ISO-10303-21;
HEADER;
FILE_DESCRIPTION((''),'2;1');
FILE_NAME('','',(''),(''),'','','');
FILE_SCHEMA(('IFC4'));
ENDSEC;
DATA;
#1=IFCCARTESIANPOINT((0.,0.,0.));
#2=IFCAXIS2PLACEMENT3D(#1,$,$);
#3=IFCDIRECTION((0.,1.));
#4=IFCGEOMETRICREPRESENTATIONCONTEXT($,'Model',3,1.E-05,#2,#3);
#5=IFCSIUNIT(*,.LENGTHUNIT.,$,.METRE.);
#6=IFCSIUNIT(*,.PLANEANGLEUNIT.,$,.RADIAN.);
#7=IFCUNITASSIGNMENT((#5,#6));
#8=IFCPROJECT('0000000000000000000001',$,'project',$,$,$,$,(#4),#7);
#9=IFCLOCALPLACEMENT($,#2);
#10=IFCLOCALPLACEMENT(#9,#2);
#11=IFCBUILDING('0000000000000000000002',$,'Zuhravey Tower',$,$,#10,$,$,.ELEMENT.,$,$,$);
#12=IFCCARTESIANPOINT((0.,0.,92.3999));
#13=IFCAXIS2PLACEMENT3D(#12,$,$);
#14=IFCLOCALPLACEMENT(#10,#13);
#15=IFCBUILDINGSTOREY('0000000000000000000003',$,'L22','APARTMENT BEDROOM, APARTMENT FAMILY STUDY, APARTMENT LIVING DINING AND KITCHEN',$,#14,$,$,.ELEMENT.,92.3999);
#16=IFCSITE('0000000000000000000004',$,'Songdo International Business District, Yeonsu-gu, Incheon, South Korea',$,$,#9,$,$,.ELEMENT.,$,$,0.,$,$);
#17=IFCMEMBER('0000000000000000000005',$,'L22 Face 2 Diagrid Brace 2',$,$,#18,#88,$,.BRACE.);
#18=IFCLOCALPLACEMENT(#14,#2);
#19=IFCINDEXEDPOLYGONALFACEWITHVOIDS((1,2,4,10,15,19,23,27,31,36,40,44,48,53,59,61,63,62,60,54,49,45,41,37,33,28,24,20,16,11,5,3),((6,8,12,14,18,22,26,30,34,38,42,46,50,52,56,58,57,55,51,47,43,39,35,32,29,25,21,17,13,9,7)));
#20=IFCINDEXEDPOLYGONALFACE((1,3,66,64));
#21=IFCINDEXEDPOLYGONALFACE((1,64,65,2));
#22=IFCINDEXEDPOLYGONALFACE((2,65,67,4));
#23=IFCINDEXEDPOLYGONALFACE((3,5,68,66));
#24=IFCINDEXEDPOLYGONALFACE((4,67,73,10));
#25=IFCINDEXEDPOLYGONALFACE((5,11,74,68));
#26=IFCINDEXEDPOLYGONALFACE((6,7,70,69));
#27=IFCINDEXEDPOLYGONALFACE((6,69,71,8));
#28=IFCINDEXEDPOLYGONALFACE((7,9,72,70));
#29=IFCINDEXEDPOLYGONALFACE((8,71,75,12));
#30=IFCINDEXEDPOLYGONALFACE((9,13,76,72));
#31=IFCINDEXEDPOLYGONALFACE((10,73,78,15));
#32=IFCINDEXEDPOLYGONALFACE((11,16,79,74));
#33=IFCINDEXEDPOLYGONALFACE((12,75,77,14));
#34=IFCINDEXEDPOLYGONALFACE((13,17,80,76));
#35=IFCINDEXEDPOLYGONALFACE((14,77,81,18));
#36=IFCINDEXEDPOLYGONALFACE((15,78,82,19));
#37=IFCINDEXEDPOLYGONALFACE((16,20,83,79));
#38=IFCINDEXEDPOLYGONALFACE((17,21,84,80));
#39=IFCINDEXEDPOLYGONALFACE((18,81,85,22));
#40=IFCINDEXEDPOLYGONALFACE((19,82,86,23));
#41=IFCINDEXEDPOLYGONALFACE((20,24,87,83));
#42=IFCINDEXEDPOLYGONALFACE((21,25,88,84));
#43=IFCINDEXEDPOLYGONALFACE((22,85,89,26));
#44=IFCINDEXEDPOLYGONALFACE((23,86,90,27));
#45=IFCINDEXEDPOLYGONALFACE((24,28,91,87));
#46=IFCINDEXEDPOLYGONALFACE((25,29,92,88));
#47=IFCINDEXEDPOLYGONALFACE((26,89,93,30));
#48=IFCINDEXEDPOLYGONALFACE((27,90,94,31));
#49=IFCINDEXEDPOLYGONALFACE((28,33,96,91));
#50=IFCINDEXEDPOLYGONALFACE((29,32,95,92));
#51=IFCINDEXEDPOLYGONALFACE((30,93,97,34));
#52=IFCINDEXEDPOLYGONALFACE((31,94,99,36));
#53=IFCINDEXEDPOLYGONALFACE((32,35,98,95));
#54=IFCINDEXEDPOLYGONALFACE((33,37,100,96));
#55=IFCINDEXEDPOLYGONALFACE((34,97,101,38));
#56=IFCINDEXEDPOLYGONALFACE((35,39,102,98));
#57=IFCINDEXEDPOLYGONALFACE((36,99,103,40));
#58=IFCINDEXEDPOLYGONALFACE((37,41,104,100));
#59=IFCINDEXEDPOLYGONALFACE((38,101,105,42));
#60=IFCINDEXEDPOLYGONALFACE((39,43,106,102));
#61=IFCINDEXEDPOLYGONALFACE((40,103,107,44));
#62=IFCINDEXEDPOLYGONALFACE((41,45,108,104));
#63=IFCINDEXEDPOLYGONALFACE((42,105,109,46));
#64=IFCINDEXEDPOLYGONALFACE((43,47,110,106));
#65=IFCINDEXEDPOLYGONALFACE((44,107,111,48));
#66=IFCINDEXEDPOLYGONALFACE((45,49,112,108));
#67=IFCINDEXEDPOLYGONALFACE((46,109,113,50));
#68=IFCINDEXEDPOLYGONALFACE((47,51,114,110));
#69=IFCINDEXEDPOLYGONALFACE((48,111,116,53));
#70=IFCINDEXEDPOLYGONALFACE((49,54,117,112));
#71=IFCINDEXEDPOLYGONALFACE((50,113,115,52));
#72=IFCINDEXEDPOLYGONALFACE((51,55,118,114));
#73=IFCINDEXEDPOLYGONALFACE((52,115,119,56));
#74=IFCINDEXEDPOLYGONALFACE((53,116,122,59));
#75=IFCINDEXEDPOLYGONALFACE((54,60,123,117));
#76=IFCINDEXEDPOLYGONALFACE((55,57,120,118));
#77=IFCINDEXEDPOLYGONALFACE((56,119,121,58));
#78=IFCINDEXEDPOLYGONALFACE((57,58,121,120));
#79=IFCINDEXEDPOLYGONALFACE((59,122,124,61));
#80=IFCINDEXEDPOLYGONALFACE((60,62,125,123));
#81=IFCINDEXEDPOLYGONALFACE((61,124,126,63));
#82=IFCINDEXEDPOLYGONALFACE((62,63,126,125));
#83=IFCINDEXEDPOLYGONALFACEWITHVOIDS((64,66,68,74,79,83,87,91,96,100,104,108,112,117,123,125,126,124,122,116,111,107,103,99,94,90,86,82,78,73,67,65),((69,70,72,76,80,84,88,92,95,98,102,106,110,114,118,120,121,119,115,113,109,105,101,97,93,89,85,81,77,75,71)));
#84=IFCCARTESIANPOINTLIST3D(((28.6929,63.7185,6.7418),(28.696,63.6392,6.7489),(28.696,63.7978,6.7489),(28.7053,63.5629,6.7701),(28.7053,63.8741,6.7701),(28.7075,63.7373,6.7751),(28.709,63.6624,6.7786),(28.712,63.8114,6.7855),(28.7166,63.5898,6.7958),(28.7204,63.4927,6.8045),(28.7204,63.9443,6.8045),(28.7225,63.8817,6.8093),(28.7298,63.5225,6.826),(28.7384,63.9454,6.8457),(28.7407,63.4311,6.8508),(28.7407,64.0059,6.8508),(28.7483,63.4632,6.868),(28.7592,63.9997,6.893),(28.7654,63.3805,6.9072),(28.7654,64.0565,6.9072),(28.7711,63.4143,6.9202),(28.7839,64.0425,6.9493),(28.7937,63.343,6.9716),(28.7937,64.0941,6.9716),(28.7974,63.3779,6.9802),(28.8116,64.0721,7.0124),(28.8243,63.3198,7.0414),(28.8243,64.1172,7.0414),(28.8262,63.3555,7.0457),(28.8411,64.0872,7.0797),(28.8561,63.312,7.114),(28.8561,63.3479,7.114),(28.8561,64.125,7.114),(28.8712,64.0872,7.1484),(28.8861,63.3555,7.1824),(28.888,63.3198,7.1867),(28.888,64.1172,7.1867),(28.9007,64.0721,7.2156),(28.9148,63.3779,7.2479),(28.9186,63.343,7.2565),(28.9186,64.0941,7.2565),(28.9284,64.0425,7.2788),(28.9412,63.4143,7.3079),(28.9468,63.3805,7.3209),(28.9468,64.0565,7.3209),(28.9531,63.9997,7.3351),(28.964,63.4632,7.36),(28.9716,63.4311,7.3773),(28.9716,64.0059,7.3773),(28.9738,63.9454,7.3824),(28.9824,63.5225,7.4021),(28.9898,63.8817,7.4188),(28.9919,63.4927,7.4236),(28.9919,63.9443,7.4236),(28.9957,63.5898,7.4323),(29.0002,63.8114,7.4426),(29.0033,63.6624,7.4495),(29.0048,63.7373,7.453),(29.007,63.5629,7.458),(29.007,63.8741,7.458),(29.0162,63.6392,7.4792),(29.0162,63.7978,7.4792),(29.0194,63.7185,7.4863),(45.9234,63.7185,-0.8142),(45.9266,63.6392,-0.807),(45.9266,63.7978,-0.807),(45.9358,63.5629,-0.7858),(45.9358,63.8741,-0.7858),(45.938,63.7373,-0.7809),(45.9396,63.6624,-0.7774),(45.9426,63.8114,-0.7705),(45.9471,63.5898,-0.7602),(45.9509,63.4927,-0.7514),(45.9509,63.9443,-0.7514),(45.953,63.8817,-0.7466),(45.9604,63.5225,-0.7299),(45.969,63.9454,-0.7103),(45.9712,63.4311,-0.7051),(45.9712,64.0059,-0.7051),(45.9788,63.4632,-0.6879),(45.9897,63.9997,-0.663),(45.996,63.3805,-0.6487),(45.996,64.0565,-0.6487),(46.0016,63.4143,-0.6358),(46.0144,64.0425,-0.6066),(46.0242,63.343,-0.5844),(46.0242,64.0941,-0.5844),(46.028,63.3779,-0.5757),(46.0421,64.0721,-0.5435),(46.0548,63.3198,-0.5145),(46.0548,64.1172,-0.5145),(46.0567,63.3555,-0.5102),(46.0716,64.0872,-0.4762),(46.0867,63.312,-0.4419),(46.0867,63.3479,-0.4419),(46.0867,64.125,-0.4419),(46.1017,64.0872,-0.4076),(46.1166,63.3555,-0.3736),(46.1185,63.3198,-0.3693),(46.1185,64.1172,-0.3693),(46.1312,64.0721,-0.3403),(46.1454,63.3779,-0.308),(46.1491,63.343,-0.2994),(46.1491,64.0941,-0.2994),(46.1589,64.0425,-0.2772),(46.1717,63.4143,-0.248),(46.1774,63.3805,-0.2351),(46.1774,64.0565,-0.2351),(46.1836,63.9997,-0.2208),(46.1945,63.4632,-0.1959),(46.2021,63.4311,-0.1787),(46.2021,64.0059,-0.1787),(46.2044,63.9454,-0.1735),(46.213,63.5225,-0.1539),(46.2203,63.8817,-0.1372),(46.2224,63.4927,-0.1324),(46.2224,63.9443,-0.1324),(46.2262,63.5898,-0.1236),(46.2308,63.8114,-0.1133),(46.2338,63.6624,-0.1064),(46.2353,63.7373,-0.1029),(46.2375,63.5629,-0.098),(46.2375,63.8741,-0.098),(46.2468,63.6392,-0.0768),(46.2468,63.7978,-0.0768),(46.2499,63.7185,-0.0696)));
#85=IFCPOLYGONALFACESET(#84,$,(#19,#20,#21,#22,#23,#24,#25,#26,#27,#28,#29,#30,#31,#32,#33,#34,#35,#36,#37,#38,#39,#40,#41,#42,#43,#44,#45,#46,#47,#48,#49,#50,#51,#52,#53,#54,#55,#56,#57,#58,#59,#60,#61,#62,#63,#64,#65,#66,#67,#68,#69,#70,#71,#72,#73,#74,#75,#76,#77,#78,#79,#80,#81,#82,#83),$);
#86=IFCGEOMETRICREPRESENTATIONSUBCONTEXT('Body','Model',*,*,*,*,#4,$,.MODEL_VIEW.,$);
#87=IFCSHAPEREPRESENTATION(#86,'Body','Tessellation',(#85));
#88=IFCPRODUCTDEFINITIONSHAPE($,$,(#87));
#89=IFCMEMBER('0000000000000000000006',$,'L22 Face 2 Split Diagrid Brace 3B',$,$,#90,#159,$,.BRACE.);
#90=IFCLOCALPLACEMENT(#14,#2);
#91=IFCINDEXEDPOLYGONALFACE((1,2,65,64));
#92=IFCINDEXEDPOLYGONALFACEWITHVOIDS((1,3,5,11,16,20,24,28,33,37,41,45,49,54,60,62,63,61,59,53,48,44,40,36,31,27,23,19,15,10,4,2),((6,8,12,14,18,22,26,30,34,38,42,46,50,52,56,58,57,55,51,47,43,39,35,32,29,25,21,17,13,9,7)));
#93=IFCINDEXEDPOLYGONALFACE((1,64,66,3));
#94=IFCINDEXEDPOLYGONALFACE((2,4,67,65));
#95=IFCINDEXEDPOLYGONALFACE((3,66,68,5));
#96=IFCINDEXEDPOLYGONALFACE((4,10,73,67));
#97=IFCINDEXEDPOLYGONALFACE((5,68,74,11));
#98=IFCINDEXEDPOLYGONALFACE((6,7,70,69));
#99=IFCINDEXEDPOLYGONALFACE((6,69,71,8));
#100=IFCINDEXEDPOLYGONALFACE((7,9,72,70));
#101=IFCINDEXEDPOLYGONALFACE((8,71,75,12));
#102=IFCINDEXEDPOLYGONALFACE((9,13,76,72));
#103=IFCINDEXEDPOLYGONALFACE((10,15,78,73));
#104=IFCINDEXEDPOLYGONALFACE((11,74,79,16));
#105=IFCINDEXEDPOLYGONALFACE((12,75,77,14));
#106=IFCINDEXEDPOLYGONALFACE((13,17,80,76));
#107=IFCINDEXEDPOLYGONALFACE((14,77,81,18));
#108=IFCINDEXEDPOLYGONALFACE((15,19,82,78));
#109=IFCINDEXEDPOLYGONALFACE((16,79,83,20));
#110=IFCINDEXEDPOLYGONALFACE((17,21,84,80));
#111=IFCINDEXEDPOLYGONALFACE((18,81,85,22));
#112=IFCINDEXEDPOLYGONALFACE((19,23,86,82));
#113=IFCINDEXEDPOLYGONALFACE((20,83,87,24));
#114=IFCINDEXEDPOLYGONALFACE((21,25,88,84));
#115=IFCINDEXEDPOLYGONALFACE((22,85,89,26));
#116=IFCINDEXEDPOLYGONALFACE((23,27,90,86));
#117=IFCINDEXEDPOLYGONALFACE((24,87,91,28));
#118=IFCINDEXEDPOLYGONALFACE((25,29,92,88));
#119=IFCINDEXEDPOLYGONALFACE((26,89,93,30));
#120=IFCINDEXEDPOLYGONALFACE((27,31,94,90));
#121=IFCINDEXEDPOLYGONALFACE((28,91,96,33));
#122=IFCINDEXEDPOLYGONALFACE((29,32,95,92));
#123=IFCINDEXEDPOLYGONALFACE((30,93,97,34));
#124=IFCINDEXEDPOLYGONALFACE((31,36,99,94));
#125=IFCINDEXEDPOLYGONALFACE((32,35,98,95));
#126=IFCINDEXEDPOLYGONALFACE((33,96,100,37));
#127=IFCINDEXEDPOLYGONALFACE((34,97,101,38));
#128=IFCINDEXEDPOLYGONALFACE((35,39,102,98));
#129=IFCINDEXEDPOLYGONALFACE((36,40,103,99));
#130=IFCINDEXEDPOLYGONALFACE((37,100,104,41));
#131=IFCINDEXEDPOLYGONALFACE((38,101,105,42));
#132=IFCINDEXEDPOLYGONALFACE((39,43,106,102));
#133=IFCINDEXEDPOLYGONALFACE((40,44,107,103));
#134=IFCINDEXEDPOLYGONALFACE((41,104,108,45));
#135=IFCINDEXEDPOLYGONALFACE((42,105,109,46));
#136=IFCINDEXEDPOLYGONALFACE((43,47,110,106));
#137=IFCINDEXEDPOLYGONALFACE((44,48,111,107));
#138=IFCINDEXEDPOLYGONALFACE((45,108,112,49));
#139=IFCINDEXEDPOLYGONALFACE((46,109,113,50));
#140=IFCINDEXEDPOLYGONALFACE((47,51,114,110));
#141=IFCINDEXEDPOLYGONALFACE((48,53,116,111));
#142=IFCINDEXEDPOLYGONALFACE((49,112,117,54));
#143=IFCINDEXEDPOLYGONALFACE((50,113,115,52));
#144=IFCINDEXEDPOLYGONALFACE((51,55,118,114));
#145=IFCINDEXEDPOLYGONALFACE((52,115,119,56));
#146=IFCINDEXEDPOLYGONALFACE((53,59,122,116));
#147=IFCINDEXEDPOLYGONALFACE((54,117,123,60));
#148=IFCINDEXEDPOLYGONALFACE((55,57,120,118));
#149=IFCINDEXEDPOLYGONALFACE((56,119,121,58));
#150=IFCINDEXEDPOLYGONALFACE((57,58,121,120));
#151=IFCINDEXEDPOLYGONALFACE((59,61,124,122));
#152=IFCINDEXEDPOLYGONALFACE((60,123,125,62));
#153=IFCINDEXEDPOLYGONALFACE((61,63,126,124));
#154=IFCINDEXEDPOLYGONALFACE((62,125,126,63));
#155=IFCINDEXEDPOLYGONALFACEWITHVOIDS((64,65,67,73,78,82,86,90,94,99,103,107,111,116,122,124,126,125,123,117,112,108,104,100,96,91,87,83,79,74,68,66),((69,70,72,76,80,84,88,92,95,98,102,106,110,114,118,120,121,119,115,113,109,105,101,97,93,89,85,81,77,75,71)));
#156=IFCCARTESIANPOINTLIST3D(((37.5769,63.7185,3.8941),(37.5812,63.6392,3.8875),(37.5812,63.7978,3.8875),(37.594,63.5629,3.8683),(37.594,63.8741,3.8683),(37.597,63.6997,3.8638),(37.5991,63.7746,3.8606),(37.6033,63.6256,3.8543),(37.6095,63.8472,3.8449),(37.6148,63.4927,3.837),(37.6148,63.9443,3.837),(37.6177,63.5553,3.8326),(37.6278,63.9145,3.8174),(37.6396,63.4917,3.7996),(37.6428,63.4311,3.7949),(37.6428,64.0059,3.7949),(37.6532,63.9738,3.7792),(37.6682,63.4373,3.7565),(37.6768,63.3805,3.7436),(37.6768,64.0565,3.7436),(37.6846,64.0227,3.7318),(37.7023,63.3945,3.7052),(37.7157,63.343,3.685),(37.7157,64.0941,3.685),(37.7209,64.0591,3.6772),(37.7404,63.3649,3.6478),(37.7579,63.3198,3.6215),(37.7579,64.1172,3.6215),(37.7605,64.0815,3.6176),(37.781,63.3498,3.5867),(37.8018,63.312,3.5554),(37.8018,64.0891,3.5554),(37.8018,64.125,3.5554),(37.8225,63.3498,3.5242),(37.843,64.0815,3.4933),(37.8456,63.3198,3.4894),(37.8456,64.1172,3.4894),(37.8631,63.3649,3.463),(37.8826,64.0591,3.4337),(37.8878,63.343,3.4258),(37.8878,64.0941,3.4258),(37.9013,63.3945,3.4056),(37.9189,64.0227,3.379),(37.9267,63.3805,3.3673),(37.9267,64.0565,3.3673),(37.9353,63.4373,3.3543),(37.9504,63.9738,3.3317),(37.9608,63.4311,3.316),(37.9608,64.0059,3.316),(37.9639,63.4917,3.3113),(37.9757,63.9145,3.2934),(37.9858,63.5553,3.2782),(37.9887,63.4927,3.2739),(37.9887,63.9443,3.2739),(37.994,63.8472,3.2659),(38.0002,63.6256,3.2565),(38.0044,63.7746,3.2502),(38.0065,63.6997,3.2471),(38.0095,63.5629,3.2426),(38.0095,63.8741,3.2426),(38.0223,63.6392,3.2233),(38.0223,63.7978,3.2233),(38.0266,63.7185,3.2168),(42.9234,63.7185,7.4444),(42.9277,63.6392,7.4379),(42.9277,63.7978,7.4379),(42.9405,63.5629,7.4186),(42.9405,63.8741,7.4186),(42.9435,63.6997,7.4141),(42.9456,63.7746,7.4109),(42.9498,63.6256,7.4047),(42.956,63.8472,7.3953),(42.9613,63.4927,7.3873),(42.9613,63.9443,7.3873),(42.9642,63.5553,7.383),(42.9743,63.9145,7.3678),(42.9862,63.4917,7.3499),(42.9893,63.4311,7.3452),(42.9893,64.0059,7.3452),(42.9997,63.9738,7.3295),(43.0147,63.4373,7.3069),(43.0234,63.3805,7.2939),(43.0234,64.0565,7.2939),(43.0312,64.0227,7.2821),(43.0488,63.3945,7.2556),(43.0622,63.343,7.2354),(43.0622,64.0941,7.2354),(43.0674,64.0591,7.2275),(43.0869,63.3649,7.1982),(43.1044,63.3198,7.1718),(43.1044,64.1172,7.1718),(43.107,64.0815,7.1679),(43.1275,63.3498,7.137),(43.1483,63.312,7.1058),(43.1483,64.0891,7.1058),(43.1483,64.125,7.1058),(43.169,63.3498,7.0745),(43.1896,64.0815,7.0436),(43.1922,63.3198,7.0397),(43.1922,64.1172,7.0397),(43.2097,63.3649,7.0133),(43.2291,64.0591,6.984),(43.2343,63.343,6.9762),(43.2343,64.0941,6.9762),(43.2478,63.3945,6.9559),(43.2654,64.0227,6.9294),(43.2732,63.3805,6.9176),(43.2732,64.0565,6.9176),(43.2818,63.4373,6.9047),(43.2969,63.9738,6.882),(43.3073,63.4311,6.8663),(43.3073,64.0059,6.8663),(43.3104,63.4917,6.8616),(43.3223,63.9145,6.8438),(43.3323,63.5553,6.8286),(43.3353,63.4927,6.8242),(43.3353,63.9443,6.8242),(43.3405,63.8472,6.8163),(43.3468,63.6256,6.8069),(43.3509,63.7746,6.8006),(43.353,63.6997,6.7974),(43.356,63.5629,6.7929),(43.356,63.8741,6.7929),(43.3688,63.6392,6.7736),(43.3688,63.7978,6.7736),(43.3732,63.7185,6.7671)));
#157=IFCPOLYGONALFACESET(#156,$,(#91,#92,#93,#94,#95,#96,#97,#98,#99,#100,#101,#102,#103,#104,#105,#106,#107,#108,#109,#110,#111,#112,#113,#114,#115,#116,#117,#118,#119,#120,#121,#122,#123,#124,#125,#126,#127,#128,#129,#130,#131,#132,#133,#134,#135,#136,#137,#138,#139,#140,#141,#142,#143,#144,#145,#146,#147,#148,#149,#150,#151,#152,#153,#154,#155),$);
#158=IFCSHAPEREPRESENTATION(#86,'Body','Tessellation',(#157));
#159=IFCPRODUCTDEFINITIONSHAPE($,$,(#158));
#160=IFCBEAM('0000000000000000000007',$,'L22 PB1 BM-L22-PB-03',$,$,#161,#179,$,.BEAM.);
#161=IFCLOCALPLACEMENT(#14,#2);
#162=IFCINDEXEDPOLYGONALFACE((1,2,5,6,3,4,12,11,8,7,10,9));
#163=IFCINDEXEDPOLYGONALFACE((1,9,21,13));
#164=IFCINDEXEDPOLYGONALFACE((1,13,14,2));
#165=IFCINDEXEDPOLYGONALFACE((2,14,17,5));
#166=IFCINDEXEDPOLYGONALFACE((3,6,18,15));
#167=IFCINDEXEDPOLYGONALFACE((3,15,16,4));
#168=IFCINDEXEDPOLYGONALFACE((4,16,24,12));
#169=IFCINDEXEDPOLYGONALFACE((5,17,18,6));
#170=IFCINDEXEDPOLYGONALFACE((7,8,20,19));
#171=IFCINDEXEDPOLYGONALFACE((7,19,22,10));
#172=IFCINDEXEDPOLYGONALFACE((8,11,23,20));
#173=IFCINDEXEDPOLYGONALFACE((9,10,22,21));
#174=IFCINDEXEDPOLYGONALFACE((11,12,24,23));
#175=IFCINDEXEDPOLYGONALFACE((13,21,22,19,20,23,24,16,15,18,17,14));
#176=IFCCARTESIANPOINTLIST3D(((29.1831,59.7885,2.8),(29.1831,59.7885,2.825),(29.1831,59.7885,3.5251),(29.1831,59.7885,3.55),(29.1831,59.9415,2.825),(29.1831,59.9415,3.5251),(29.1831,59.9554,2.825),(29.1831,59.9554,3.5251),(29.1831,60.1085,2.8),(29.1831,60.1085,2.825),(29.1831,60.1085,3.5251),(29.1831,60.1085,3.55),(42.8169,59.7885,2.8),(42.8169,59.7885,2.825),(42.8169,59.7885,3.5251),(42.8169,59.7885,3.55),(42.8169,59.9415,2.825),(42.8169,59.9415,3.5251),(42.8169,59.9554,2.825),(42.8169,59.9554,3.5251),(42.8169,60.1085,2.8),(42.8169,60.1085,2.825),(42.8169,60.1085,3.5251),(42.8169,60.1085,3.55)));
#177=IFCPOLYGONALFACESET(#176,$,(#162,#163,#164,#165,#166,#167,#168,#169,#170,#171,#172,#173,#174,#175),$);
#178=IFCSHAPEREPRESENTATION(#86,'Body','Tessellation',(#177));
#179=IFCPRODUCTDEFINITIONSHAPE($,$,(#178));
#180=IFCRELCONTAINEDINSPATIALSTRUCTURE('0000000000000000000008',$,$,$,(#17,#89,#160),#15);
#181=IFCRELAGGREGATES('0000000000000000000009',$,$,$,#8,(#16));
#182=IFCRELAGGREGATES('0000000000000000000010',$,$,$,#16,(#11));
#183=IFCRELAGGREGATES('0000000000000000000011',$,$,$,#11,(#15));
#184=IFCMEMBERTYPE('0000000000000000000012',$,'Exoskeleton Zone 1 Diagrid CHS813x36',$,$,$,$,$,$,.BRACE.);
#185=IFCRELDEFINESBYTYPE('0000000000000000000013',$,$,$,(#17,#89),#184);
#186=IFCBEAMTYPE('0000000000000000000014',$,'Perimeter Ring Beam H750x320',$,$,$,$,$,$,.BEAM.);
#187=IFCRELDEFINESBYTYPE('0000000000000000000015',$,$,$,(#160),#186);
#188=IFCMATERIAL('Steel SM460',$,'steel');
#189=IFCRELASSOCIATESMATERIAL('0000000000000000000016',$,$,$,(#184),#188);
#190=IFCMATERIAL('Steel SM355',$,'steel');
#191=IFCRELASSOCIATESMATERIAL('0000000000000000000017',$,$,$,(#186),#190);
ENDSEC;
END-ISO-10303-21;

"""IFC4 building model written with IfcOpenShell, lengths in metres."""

from ifc_helpers import new_model, si_unit, direction, frame, origin, origin_2d, place, context, subcontext, project, spatial, hollow_circle, i_section, extrude, material, material_profile, profile_set, type_object, element, save


model = new_model("IFC4")

# Units and contexts
model_context = context("Model", 3, precision=1e-05, world=origin(), true_north=direction((0.0, 1.0)))
body_context = subcontext(model_context, "Body", "Model", "MODEL_VIEW")
ifc_project = project(units=[si_unit("LENGTHUNIT", "METRE"), si_unit("PLANEANGLEUNIT", "RADIAN")], contexts=[model_context])

# Site, building, storey
site_placement = place(None, origin())
site = spatial("IfcSite", under=ifc_project, at=site_placement, Name="Songdo International Business District, Yeonsu-gu, Incheon, South Korea", CompositionType="ELEMENT", RefElevation=0.0)
building_placement = place(site_placement, origin())
building = spatial("IfcBuilding", under=site, at=building_placement, Name="Zuhravey Tower", CompositionType="ELEMENT")
storey_placement = place(building_placement, frame((0.0, 0.0, 92.3999)))
storey = spatial("IfcBuildingStorey", under=building, at=storey_placement, Name="L22", Description="APARTMENT BEDROOM, APARTMENT FAMILY STUDY, APARTMENT LIVING DINING AND KITCHEN", CompositionType="ELEMENT", Elevation=92.3999)

# Members
ifc_material_1 = material(Name="Steel SM355", Category="steel")
ifc_material_2 = material(Name="Steel SM460", Category="steel")
ifc_material_profile_1 = material_profile(ifc_material_2, hollow_circle(Radius=0.4065, WallThickness=0.0359, at=origin_2d()), Name="CHS-812.8x36")
ifc_profile_set_1 = profile_set([ifc_material_profile_1], Name="Steel SM460")
member_type_1 = type_object("IfcMemberType", Name="Exoskeleton Zone 1 Diagrid CHS813x36", PredefinedType="BRACE", material=ifc_profile_set_1)
member_1_placement = place(storey_placement, frame((46.0867, 63.7185, -0.4419), z_axis=(-0.915814, 0.0, 0.401603), x_axis=(0.0, -1.0, 0.0)))
element("IfcMember", 1, at=member_1_placement, inside=storey, type_object=member_type_1, Name="L22 Face 2 Diagrid Brace 2", PredefinedType="BRACE", context=body_context, shape_type="SweptSolid", body=[
    extrude(hollow_circle(Radius=0.4065, WallThickness=0.0359, at=origin_2d()), origin(), (0.0, 0.0, 1.0), 18.8145),
])
member_2_placement = place(storey_placement, frame((37.8018, 63.7185, 3.5554), z_axis=(0.833056, 0.0, 0.553189), x_axis=(0.0, 1.0, 0.0)))
element("IfcMember", 2, at=member_2_placement, inside=storey, type_object=member_type_1, Name="L22 Face 2 Split Diagrid Brace 3B", PredefinedType="BRACE", context=body_context, shape_type="SweptSolid", body=[
    extrude(hollow_circle(Radius=0.4065, WallThickness=0.0359, at=origin_2d()), origin(), (0.0, 0.0, 1.0), 6.418),
])

# Beam
ifc_material_profile_2 = material_profile(ifc_material_1, i_section(OverallWidth=0.3201, OverallDepth=0.75, WebThickness=0.0139, FlangeThickness=0.0249, at=origin_2d()), Name="H-750x320x14x25")
ifc_profile_set_2 = profile_set([ifc_material_profile_2], Name="Steel SM355")
beam_type_1 = type_object("IfcBeamType", Name="Perimeter Ring Beam H750x320", PredefinedType="BEAM", material=ifc_profile_set_2)
beam_1_placement = place(storey_placement, frame((42.8169, 59.9485, 3.175), z_axis=(-1.0, 0.0, 0.0), x_axis=(0.0, -1.0, 0.0)))
element("IfcBeam", 3, at=beam_1_placement, inside=storey, type_object=beam_type_1, Name="L22 PB1 BM-L22-PB-03", PredefinedType="BEAM", context=body_context, shape_type="SweptSolid", body=[
    extrude(i_section(OverallWidth=0.3201, OverallDepth=0.75, WebThickness=0.0139, FlangeThickness=0.0249, at=origin_2d()), origin(), (0.0, 0.0, 1.0), 13.6338),
])

save(model, "model.ifc")
